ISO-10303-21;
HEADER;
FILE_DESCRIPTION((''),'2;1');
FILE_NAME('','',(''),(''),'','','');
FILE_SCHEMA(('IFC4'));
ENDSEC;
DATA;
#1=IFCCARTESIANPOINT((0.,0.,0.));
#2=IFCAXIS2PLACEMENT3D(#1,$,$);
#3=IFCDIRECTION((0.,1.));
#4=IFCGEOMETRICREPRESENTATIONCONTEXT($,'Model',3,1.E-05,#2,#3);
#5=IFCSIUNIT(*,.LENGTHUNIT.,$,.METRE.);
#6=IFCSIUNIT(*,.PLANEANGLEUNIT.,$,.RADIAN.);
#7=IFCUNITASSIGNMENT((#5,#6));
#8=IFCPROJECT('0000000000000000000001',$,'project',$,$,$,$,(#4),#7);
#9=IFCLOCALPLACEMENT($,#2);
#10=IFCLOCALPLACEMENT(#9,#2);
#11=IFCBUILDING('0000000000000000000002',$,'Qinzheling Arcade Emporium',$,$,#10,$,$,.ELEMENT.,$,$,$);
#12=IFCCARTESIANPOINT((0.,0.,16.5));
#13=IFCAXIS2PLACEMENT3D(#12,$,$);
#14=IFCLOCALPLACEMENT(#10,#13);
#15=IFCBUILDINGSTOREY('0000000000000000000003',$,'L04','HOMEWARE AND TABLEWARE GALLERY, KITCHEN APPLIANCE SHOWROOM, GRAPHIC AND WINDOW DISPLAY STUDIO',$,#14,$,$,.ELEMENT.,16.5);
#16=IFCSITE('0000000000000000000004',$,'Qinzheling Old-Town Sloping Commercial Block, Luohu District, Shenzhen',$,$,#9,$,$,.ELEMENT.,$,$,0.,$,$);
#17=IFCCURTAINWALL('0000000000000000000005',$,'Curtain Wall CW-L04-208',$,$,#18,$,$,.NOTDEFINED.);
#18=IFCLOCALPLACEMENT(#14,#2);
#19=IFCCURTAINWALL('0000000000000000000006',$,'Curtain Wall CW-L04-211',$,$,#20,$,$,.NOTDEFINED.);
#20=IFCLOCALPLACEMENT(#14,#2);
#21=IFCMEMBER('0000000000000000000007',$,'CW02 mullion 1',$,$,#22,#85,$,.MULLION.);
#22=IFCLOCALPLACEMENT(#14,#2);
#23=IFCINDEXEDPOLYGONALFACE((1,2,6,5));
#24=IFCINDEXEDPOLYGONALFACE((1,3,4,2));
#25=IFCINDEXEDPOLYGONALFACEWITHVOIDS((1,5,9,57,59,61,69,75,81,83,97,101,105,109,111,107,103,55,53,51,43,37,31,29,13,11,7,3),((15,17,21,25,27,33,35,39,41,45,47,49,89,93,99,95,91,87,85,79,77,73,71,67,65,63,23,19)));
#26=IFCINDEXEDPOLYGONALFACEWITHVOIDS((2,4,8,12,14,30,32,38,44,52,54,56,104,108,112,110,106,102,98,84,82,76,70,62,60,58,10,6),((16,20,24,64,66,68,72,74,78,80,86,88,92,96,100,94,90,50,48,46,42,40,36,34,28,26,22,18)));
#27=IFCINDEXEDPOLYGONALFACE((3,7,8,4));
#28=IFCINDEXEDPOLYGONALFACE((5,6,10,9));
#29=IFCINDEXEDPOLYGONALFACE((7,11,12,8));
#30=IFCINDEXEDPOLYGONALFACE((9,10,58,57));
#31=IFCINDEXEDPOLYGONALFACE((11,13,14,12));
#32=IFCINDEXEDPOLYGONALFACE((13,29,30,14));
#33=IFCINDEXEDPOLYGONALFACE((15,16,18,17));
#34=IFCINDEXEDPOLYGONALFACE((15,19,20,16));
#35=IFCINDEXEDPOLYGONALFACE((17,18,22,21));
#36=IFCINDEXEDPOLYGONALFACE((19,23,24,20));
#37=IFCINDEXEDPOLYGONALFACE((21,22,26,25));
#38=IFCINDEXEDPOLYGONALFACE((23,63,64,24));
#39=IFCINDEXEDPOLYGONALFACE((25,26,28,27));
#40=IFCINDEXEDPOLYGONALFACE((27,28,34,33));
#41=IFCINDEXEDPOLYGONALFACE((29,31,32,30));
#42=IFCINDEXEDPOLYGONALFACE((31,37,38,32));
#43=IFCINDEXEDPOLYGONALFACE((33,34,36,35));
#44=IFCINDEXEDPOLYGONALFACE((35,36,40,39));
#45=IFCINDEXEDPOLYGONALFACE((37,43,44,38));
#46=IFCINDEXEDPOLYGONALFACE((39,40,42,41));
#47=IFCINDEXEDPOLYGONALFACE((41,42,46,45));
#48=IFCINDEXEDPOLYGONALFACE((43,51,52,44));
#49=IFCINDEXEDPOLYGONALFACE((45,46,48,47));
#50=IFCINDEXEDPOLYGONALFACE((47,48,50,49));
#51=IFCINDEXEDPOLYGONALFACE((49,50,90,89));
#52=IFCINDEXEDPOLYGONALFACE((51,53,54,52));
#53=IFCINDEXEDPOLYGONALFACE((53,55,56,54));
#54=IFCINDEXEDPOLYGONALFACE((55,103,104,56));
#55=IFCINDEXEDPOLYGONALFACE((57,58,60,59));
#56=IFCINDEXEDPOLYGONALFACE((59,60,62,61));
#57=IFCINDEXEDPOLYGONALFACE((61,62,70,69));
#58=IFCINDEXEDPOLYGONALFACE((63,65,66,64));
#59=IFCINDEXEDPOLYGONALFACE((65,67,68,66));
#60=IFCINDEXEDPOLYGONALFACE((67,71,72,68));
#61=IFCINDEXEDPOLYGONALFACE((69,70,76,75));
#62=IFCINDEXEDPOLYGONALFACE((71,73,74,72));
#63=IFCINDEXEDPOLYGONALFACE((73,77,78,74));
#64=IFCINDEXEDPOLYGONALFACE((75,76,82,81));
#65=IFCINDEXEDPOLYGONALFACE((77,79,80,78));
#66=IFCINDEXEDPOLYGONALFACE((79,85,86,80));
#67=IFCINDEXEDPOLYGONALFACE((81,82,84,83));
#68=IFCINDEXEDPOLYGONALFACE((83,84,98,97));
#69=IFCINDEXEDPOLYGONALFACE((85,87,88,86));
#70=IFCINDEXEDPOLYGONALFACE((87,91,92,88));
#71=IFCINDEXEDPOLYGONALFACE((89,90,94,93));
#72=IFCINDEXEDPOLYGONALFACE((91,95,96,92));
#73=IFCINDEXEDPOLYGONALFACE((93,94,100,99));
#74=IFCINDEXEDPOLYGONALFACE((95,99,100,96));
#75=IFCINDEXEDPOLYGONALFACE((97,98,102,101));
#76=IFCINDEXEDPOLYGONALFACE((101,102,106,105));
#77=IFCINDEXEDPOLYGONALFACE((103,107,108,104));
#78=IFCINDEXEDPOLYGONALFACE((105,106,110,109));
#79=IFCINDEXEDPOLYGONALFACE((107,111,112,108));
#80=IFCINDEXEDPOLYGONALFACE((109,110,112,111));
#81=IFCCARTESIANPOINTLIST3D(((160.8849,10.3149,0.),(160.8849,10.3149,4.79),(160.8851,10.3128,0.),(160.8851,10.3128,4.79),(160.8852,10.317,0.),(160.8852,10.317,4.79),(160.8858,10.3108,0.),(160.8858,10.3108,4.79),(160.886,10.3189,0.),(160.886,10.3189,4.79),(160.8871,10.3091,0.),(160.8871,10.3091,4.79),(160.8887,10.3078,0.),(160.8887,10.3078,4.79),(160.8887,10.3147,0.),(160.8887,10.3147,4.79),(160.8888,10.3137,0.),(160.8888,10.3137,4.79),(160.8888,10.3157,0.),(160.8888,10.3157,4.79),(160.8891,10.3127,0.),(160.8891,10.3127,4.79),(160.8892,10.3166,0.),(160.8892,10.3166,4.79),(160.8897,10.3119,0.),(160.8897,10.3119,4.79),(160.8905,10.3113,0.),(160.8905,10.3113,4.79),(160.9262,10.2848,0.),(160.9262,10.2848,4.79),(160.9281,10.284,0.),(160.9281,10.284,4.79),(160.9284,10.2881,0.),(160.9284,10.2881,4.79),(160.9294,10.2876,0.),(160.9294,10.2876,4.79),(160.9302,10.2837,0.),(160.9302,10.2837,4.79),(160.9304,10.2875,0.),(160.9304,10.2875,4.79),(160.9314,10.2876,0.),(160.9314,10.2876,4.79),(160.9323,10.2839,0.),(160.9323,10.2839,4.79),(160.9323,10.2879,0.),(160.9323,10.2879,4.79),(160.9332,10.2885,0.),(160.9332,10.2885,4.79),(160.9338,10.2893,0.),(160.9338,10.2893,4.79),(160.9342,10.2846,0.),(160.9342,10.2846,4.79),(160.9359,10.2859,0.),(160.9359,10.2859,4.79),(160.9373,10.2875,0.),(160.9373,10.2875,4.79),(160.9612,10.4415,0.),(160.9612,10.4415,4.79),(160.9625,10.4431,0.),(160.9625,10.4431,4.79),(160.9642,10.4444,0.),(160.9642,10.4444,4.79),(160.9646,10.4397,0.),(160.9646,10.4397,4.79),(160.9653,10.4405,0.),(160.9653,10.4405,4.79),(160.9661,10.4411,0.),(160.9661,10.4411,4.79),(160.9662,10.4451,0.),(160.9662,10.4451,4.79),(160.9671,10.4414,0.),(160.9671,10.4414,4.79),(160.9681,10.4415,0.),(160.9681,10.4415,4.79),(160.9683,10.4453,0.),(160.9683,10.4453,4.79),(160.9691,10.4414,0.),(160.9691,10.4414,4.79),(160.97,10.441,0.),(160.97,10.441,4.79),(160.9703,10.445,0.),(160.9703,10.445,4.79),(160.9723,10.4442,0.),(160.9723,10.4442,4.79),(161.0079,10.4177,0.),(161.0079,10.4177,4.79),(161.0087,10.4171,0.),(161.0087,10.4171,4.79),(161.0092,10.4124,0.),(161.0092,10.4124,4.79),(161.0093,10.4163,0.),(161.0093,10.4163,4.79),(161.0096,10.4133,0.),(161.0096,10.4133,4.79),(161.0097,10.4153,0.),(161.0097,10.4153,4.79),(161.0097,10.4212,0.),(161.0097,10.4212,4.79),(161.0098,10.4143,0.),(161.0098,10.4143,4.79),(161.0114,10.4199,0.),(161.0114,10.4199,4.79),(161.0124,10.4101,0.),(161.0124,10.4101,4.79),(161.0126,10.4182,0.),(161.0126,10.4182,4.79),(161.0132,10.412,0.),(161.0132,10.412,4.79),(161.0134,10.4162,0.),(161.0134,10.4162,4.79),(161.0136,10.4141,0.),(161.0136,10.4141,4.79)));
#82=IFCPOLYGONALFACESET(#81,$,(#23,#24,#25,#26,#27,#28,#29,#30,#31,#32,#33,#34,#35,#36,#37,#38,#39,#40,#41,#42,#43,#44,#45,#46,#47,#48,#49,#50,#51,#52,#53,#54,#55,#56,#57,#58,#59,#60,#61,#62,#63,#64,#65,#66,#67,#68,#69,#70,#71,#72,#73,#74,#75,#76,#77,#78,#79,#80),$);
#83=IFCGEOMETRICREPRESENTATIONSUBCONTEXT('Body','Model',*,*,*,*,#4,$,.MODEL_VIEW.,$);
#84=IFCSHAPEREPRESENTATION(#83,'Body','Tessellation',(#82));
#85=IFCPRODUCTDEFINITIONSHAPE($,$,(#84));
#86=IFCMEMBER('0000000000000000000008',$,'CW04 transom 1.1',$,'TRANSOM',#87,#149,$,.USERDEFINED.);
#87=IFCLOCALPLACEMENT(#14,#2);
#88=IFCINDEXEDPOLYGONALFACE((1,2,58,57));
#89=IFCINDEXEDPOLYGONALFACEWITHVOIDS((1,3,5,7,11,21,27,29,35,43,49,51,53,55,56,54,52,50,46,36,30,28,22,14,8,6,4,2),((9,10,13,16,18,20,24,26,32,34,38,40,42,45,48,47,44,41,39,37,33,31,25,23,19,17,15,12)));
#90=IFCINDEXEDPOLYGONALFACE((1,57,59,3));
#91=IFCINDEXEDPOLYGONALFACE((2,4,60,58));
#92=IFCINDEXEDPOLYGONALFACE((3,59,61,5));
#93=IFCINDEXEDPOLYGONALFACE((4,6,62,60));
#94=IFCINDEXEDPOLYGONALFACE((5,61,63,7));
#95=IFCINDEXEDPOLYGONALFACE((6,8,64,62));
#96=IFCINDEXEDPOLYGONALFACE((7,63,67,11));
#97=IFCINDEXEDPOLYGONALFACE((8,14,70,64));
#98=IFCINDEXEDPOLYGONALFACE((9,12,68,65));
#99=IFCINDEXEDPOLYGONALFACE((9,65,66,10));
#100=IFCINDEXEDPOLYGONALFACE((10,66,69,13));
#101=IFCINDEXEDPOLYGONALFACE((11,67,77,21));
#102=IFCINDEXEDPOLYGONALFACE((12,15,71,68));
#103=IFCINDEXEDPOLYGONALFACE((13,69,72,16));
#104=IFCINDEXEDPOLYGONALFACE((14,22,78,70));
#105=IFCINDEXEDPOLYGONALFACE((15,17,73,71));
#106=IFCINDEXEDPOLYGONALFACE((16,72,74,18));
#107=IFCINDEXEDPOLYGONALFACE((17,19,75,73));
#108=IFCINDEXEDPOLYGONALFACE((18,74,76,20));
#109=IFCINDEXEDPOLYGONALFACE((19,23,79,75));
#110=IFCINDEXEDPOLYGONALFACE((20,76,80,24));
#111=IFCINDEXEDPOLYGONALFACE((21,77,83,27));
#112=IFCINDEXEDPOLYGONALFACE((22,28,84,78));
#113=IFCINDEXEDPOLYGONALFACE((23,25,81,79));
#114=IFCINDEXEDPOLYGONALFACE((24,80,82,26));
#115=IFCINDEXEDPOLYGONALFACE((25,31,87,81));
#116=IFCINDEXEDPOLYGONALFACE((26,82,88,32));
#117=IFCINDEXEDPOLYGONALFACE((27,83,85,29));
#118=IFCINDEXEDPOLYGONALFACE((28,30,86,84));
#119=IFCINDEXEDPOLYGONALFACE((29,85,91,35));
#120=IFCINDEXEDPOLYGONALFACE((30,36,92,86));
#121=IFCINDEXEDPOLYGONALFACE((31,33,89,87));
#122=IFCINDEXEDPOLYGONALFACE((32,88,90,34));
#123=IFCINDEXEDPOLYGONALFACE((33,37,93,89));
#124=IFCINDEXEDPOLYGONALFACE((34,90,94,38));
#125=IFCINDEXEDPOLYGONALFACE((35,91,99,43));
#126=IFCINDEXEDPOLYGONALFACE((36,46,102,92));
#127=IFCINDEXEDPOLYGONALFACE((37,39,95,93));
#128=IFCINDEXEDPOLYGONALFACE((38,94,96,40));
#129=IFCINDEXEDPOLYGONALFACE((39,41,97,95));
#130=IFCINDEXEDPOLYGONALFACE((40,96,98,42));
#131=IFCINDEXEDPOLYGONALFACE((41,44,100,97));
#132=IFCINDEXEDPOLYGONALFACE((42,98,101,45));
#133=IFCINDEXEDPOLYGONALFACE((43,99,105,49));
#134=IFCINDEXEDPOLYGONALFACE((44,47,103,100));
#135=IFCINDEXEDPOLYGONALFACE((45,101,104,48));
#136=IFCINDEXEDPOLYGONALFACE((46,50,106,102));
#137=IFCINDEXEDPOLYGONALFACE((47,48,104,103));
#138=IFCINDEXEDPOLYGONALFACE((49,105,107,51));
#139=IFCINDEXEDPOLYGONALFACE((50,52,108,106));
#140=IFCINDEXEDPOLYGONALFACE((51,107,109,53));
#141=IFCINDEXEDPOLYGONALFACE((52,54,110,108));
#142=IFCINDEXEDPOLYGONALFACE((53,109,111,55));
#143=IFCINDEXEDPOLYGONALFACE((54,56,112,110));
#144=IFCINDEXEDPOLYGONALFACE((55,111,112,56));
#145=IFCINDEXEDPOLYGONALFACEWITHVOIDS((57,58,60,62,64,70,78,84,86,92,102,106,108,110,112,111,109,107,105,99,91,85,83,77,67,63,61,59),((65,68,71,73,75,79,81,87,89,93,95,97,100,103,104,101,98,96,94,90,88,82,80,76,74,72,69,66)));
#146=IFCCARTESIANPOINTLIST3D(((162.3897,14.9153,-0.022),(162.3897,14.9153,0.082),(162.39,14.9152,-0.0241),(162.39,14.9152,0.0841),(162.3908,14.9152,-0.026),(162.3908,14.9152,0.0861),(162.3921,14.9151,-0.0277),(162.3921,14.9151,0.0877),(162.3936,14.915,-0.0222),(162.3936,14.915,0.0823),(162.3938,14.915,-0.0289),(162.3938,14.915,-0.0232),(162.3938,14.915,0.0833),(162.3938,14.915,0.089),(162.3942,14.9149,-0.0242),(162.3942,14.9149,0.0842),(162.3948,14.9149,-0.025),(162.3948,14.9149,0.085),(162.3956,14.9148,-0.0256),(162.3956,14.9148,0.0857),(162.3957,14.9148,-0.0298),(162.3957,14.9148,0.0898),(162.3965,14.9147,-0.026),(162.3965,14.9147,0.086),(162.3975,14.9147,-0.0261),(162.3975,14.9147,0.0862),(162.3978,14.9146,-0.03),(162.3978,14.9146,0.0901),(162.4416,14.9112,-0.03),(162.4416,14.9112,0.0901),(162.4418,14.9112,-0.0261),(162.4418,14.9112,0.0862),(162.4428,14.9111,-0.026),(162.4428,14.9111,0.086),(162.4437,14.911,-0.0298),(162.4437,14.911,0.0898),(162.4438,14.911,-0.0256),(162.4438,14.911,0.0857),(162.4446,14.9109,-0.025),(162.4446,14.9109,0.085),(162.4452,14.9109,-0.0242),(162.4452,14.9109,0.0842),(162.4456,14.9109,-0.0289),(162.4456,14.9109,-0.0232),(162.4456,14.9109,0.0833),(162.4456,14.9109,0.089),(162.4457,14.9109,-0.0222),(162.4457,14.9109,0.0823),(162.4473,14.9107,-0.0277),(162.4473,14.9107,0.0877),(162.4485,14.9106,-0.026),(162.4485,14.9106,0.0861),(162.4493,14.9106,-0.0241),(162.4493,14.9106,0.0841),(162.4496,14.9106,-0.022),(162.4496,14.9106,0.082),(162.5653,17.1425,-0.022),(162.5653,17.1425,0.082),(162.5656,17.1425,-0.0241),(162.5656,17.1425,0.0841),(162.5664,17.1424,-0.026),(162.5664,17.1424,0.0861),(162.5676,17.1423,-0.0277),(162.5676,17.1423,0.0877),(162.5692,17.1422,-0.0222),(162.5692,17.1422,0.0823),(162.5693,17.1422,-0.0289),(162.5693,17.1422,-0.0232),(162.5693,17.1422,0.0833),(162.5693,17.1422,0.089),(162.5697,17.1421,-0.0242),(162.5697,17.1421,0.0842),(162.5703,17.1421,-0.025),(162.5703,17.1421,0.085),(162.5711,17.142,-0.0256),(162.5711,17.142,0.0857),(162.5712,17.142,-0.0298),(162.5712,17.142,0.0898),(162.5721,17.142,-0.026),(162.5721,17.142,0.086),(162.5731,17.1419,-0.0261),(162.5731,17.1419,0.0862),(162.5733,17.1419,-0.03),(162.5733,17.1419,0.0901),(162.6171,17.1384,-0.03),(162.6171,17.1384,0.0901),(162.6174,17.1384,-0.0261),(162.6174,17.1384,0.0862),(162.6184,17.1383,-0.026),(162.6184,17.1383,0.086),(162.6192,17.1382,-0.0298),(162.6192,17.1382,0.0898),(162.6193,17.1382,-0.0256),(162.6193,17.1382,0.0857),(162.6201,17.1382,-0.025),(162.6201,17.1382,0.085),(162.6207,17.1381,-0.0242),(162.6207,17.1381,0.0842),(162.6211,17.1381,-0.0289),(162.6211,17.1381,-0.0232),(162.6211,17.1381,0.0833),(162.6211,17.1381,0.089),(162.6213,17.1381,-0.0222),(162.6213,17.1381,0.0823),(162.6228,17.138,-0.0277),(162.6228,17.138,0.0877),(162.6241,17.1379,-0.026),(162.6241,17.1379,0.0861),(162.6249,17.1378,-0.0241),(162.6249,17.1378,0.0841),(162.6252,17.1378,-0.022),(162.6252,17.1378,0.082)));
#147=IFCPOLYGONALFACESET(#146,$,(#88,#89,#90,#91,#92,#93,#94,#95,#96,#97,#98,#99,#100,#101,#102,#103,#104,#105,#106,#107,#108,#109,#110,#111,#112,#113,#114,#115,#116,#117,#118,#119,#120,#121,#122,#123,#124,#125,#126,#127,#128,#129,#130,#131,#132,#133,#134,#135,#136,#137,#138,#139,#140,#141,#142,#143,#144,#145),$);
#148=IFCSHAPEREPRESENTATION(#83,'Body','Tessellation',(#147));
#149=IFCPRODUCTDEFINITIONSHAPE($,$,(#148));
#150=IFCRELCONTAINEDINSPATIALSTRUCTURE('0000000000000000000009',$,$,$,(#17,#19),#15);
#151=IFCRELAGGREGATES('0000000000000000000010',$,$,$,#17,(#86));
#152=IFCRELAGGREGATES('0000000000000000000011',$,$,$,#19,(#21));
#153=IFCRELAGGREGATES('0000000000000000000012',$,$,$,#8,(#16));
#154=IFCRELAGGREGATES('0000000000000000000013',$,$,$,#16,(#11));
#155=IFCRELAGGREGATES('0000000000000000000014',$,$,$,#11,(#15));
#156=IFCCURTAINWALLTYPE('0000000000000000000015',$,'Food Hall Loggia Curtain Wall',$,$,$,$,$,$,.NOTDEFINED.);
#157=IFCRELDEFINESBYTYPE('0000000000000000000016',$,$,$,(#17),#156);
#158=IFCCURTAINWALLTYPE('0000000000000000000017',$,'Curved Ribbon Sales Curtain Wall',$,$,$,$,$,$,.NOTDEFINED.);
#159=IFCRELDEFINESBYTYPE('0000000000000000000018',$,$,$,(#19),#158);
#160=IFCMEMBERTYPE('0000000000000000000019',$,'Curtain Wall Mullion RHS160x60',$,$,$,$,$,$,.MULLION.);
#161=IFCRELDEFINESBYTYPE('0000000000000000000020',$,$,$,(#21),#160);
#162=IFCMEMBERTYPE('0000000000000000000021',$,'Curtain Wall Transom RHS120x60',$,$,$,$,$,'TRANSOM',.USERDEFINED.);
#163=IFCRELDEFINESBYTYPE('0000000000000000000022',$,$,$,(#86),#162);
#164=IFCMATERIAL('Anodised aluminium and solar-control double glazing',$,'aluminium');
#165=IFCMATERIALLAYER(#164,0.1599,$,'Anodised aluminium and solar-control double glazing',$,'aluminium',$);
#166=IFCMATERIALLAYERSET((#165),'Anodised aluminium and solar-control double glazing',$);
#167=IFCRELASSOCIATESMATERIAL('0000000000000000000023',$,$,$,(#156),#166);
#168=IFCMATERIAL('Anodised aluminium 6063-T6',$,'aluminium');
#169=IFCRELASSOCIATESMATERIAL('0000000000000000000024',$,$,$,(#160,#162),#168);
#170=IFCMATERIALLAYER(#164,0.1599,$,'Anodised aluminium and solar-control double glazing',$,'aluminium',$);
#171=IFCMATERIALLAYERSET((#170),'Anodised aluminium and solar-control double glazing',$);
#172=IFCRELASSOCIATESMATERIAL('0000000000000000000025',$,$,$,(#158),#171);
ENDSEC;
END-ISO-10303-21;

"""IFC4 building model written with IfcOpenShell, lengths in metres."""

from ifc_helpers import new_model, si_unit, direction, frame, origin, origin_2d, place, context, subcontext, project, spatial, hollow_rectangle, extrude, material, layer, layer_set, material_profile, profile_set, type_object, element, aggregate, save


model = new_model("IFC4")

# Units and contexts
model_context = context("Model", 3, precision=1e-05, world=origin(), true_north=direction((0.0, 1.0)))
body_context = subcontext(model_context, "Body", "Model", "MODEL_VIEW")
ifc_project = project(units=[si_unit("LENGTHUNIT", "METRE"), si_unit("PLANEANGLEUNIT", "RADIAN")], contexts=[model_context])

# Site, building, storey
site_placement = place(None, origin())
site = spatial("IfcSite", under=ifc_project, at=site_placement, Name="Qinzheling Old-Town Sloping Commercial Block, Luohu District, Shenzhen", CompositionType="ELEMENT", RefElevation=0.0)
building_placement = place(site_placement, origin())
building = spatial("IfcBuilding", under=site, at=building_placement, Name="Qinzheling Arcade Emporium", CompositionType="ELEMENT")
storey_placement = place(building_placement, frame((0.0, 0.0, 16.5)))
storey = spatial("IfcBuildingStorey", under=building, at=storey_placement, Name="L04", Description="HOMEWARE AND TABLEWARE GALLERY, KITCHEN APPLIANCE SHOWROOM, GRAPHIC AND WINDOW DISPLAY STUDIO", CompositionType="ELEMENT", Elevation=16.5)

# Curtain wall
ifc_material_1 = material(Name="Anodised aluminium and solar-control double glazing", Category="aluminium")
ifc_layer_1 = layer(ifc_material_1, 0.1599, Name="Anodised aluminium and solar-control double glazing", Category="aluminium")
ifc_layer_set_1 = layer_set([ifc_layer_1], Name="Anodised aluminium and solar-control double glazing")
curtain_wall_type_1 = type_object("IfcCurtainWallType", Name="Food Hall Loggia Curtain Wall", PredefinedType="NOTDEFINED", material=ifc_layer_set_1)
curtain_wall_1_placement = place(storey_placement, origin())
curtain_wall_1 = element("IfcCurtainWall", 1, at=curtain_wall_1_placement, inside=storey, type_object=curtain_wall_type_1, Name="Curtain Wall CW-L04-208", PredefinedType="NOTDEFINED")
ifc_material_2 = material(Name="Anodised aluminium 6063-T6", Category="aluminium")
ifc_material_profile_1 = material_profile(ifc_material_2, hollow_rectangle(XDim=0.0601, YDim=0.1599, WallThickness=0.0039, InnerFilletRadius=0.0039, OuterFilletRadius=0.0081, at=origin_2d()), Name="RHS 160x60x4", Category="aluminium")
ifc_profile_set_1 = profile_set([ifc_material_profile_1], Name="Anodised aluminium 6063-T6")
member_type_1 = type_object("IfcMemberType", Name="Curtain Wall Mullion RHS160x60", PredefinedType="MULLION", material=ifc_profile_set_1)
ifc_layer_2 = layer(ifc_material_1, 0.1599, Name="Anodised aluminium and solar-control double glazing", Category="aluminium")
ifc_layer_set_2 = layer_set([ifc_layer_2], Name="Anodised aluminium and solar-control double glazing")
curtain_wall_type_2 = type_object("IfcCurtainWallType", Name="Curved Ribbon Sales Curtain Wall", PredefinedType="NOTDEFINED", material=ifc_layer_set_2)

# Curtain wall, member
curtain_wall_2_placement = place(storey_placement, origin())
curtain_wall_2 = element("IfcCurtainWall", 2, at=curtain_wall_2_placement, inside=storey, type_object=curtain_wall_type_2, Name="Curtain Wall CW-L04-211", PredefinedType="NOTDEFINED")
member_1_placement = place(storey_placement, frame((160.9492, 10.3645, 0.0), z_axis=(0.0, 0.0, 1.0), x_axis=(0.85262, -0.522532, 0.0)))
member_1 = element("IfcMember", 3, at=member_1_placement, type_object=member_type_1, Name="CW02 mullion 1", PredefinedType="MULLION", context=body_context, shape_type="SweptSolid", body=[
    extrude(hollow_rectangle(XDim=0.0601, YDim=0.1599, WallThickness=0.0039, InnerFilletRadius=0.0039, OuterFilletRadius=0.0081, at=origin_2d()), origin(), (0.0, 0.0, 1.0), 4.79),
])

# Member
ifc_material_profile_2 = material_profile(ifc_material_2, hollow_rectangle(XDim=0.0601, YDim=0.1201, WallThickness=0.0039, InnerFilletRadius=0.0039, OuterFilletRadius=0.0081, at=origin_2d()), Name="RHS 120x60x4", Category="aluminium")
ifc_profile_set_2 = profile_set([ifc_material_profile_2], Name="Anodised aluminium 6063-T6")
member_type_2 = type_object("IfcMemberType", Name="Curtain Wall Transom RHS120x60", ElementType="TRANSOM", PredefinedType="USERDEFINED", material=ifc_profile_set_2)
member_2_placement = place(storey_placement, frame((162.5952, 17.1401, 0.03), z_axis=(-0.078568, -0.996909, 0.0), x_axis=(0.996909, -0.078568, 0.0)))
member_2 = element("IfcMember", 4, at=member_2_placement, type_object=member_type_2, Name="CW04 transom 1.1", ObjectType="TRANSOM", PredefinedType="USERDEFINED", context=body_context, shape_type="SweptSolid", body=[
    extrude(hollow_rectangle(XDim=0.0601, YDim=0.1201, WallThickness=0.0039, InnerFilletRadius=0.0039, OuterFilletRadius=0.0081, at=origin_2d()), origin(), (0.0, 0.0, 1.0), 2.2341),
])

aggregate(curtain_wall_1, [member_2])
aggregate(curtain_wall_2, [member_1])

save(model, "model.ifc")
